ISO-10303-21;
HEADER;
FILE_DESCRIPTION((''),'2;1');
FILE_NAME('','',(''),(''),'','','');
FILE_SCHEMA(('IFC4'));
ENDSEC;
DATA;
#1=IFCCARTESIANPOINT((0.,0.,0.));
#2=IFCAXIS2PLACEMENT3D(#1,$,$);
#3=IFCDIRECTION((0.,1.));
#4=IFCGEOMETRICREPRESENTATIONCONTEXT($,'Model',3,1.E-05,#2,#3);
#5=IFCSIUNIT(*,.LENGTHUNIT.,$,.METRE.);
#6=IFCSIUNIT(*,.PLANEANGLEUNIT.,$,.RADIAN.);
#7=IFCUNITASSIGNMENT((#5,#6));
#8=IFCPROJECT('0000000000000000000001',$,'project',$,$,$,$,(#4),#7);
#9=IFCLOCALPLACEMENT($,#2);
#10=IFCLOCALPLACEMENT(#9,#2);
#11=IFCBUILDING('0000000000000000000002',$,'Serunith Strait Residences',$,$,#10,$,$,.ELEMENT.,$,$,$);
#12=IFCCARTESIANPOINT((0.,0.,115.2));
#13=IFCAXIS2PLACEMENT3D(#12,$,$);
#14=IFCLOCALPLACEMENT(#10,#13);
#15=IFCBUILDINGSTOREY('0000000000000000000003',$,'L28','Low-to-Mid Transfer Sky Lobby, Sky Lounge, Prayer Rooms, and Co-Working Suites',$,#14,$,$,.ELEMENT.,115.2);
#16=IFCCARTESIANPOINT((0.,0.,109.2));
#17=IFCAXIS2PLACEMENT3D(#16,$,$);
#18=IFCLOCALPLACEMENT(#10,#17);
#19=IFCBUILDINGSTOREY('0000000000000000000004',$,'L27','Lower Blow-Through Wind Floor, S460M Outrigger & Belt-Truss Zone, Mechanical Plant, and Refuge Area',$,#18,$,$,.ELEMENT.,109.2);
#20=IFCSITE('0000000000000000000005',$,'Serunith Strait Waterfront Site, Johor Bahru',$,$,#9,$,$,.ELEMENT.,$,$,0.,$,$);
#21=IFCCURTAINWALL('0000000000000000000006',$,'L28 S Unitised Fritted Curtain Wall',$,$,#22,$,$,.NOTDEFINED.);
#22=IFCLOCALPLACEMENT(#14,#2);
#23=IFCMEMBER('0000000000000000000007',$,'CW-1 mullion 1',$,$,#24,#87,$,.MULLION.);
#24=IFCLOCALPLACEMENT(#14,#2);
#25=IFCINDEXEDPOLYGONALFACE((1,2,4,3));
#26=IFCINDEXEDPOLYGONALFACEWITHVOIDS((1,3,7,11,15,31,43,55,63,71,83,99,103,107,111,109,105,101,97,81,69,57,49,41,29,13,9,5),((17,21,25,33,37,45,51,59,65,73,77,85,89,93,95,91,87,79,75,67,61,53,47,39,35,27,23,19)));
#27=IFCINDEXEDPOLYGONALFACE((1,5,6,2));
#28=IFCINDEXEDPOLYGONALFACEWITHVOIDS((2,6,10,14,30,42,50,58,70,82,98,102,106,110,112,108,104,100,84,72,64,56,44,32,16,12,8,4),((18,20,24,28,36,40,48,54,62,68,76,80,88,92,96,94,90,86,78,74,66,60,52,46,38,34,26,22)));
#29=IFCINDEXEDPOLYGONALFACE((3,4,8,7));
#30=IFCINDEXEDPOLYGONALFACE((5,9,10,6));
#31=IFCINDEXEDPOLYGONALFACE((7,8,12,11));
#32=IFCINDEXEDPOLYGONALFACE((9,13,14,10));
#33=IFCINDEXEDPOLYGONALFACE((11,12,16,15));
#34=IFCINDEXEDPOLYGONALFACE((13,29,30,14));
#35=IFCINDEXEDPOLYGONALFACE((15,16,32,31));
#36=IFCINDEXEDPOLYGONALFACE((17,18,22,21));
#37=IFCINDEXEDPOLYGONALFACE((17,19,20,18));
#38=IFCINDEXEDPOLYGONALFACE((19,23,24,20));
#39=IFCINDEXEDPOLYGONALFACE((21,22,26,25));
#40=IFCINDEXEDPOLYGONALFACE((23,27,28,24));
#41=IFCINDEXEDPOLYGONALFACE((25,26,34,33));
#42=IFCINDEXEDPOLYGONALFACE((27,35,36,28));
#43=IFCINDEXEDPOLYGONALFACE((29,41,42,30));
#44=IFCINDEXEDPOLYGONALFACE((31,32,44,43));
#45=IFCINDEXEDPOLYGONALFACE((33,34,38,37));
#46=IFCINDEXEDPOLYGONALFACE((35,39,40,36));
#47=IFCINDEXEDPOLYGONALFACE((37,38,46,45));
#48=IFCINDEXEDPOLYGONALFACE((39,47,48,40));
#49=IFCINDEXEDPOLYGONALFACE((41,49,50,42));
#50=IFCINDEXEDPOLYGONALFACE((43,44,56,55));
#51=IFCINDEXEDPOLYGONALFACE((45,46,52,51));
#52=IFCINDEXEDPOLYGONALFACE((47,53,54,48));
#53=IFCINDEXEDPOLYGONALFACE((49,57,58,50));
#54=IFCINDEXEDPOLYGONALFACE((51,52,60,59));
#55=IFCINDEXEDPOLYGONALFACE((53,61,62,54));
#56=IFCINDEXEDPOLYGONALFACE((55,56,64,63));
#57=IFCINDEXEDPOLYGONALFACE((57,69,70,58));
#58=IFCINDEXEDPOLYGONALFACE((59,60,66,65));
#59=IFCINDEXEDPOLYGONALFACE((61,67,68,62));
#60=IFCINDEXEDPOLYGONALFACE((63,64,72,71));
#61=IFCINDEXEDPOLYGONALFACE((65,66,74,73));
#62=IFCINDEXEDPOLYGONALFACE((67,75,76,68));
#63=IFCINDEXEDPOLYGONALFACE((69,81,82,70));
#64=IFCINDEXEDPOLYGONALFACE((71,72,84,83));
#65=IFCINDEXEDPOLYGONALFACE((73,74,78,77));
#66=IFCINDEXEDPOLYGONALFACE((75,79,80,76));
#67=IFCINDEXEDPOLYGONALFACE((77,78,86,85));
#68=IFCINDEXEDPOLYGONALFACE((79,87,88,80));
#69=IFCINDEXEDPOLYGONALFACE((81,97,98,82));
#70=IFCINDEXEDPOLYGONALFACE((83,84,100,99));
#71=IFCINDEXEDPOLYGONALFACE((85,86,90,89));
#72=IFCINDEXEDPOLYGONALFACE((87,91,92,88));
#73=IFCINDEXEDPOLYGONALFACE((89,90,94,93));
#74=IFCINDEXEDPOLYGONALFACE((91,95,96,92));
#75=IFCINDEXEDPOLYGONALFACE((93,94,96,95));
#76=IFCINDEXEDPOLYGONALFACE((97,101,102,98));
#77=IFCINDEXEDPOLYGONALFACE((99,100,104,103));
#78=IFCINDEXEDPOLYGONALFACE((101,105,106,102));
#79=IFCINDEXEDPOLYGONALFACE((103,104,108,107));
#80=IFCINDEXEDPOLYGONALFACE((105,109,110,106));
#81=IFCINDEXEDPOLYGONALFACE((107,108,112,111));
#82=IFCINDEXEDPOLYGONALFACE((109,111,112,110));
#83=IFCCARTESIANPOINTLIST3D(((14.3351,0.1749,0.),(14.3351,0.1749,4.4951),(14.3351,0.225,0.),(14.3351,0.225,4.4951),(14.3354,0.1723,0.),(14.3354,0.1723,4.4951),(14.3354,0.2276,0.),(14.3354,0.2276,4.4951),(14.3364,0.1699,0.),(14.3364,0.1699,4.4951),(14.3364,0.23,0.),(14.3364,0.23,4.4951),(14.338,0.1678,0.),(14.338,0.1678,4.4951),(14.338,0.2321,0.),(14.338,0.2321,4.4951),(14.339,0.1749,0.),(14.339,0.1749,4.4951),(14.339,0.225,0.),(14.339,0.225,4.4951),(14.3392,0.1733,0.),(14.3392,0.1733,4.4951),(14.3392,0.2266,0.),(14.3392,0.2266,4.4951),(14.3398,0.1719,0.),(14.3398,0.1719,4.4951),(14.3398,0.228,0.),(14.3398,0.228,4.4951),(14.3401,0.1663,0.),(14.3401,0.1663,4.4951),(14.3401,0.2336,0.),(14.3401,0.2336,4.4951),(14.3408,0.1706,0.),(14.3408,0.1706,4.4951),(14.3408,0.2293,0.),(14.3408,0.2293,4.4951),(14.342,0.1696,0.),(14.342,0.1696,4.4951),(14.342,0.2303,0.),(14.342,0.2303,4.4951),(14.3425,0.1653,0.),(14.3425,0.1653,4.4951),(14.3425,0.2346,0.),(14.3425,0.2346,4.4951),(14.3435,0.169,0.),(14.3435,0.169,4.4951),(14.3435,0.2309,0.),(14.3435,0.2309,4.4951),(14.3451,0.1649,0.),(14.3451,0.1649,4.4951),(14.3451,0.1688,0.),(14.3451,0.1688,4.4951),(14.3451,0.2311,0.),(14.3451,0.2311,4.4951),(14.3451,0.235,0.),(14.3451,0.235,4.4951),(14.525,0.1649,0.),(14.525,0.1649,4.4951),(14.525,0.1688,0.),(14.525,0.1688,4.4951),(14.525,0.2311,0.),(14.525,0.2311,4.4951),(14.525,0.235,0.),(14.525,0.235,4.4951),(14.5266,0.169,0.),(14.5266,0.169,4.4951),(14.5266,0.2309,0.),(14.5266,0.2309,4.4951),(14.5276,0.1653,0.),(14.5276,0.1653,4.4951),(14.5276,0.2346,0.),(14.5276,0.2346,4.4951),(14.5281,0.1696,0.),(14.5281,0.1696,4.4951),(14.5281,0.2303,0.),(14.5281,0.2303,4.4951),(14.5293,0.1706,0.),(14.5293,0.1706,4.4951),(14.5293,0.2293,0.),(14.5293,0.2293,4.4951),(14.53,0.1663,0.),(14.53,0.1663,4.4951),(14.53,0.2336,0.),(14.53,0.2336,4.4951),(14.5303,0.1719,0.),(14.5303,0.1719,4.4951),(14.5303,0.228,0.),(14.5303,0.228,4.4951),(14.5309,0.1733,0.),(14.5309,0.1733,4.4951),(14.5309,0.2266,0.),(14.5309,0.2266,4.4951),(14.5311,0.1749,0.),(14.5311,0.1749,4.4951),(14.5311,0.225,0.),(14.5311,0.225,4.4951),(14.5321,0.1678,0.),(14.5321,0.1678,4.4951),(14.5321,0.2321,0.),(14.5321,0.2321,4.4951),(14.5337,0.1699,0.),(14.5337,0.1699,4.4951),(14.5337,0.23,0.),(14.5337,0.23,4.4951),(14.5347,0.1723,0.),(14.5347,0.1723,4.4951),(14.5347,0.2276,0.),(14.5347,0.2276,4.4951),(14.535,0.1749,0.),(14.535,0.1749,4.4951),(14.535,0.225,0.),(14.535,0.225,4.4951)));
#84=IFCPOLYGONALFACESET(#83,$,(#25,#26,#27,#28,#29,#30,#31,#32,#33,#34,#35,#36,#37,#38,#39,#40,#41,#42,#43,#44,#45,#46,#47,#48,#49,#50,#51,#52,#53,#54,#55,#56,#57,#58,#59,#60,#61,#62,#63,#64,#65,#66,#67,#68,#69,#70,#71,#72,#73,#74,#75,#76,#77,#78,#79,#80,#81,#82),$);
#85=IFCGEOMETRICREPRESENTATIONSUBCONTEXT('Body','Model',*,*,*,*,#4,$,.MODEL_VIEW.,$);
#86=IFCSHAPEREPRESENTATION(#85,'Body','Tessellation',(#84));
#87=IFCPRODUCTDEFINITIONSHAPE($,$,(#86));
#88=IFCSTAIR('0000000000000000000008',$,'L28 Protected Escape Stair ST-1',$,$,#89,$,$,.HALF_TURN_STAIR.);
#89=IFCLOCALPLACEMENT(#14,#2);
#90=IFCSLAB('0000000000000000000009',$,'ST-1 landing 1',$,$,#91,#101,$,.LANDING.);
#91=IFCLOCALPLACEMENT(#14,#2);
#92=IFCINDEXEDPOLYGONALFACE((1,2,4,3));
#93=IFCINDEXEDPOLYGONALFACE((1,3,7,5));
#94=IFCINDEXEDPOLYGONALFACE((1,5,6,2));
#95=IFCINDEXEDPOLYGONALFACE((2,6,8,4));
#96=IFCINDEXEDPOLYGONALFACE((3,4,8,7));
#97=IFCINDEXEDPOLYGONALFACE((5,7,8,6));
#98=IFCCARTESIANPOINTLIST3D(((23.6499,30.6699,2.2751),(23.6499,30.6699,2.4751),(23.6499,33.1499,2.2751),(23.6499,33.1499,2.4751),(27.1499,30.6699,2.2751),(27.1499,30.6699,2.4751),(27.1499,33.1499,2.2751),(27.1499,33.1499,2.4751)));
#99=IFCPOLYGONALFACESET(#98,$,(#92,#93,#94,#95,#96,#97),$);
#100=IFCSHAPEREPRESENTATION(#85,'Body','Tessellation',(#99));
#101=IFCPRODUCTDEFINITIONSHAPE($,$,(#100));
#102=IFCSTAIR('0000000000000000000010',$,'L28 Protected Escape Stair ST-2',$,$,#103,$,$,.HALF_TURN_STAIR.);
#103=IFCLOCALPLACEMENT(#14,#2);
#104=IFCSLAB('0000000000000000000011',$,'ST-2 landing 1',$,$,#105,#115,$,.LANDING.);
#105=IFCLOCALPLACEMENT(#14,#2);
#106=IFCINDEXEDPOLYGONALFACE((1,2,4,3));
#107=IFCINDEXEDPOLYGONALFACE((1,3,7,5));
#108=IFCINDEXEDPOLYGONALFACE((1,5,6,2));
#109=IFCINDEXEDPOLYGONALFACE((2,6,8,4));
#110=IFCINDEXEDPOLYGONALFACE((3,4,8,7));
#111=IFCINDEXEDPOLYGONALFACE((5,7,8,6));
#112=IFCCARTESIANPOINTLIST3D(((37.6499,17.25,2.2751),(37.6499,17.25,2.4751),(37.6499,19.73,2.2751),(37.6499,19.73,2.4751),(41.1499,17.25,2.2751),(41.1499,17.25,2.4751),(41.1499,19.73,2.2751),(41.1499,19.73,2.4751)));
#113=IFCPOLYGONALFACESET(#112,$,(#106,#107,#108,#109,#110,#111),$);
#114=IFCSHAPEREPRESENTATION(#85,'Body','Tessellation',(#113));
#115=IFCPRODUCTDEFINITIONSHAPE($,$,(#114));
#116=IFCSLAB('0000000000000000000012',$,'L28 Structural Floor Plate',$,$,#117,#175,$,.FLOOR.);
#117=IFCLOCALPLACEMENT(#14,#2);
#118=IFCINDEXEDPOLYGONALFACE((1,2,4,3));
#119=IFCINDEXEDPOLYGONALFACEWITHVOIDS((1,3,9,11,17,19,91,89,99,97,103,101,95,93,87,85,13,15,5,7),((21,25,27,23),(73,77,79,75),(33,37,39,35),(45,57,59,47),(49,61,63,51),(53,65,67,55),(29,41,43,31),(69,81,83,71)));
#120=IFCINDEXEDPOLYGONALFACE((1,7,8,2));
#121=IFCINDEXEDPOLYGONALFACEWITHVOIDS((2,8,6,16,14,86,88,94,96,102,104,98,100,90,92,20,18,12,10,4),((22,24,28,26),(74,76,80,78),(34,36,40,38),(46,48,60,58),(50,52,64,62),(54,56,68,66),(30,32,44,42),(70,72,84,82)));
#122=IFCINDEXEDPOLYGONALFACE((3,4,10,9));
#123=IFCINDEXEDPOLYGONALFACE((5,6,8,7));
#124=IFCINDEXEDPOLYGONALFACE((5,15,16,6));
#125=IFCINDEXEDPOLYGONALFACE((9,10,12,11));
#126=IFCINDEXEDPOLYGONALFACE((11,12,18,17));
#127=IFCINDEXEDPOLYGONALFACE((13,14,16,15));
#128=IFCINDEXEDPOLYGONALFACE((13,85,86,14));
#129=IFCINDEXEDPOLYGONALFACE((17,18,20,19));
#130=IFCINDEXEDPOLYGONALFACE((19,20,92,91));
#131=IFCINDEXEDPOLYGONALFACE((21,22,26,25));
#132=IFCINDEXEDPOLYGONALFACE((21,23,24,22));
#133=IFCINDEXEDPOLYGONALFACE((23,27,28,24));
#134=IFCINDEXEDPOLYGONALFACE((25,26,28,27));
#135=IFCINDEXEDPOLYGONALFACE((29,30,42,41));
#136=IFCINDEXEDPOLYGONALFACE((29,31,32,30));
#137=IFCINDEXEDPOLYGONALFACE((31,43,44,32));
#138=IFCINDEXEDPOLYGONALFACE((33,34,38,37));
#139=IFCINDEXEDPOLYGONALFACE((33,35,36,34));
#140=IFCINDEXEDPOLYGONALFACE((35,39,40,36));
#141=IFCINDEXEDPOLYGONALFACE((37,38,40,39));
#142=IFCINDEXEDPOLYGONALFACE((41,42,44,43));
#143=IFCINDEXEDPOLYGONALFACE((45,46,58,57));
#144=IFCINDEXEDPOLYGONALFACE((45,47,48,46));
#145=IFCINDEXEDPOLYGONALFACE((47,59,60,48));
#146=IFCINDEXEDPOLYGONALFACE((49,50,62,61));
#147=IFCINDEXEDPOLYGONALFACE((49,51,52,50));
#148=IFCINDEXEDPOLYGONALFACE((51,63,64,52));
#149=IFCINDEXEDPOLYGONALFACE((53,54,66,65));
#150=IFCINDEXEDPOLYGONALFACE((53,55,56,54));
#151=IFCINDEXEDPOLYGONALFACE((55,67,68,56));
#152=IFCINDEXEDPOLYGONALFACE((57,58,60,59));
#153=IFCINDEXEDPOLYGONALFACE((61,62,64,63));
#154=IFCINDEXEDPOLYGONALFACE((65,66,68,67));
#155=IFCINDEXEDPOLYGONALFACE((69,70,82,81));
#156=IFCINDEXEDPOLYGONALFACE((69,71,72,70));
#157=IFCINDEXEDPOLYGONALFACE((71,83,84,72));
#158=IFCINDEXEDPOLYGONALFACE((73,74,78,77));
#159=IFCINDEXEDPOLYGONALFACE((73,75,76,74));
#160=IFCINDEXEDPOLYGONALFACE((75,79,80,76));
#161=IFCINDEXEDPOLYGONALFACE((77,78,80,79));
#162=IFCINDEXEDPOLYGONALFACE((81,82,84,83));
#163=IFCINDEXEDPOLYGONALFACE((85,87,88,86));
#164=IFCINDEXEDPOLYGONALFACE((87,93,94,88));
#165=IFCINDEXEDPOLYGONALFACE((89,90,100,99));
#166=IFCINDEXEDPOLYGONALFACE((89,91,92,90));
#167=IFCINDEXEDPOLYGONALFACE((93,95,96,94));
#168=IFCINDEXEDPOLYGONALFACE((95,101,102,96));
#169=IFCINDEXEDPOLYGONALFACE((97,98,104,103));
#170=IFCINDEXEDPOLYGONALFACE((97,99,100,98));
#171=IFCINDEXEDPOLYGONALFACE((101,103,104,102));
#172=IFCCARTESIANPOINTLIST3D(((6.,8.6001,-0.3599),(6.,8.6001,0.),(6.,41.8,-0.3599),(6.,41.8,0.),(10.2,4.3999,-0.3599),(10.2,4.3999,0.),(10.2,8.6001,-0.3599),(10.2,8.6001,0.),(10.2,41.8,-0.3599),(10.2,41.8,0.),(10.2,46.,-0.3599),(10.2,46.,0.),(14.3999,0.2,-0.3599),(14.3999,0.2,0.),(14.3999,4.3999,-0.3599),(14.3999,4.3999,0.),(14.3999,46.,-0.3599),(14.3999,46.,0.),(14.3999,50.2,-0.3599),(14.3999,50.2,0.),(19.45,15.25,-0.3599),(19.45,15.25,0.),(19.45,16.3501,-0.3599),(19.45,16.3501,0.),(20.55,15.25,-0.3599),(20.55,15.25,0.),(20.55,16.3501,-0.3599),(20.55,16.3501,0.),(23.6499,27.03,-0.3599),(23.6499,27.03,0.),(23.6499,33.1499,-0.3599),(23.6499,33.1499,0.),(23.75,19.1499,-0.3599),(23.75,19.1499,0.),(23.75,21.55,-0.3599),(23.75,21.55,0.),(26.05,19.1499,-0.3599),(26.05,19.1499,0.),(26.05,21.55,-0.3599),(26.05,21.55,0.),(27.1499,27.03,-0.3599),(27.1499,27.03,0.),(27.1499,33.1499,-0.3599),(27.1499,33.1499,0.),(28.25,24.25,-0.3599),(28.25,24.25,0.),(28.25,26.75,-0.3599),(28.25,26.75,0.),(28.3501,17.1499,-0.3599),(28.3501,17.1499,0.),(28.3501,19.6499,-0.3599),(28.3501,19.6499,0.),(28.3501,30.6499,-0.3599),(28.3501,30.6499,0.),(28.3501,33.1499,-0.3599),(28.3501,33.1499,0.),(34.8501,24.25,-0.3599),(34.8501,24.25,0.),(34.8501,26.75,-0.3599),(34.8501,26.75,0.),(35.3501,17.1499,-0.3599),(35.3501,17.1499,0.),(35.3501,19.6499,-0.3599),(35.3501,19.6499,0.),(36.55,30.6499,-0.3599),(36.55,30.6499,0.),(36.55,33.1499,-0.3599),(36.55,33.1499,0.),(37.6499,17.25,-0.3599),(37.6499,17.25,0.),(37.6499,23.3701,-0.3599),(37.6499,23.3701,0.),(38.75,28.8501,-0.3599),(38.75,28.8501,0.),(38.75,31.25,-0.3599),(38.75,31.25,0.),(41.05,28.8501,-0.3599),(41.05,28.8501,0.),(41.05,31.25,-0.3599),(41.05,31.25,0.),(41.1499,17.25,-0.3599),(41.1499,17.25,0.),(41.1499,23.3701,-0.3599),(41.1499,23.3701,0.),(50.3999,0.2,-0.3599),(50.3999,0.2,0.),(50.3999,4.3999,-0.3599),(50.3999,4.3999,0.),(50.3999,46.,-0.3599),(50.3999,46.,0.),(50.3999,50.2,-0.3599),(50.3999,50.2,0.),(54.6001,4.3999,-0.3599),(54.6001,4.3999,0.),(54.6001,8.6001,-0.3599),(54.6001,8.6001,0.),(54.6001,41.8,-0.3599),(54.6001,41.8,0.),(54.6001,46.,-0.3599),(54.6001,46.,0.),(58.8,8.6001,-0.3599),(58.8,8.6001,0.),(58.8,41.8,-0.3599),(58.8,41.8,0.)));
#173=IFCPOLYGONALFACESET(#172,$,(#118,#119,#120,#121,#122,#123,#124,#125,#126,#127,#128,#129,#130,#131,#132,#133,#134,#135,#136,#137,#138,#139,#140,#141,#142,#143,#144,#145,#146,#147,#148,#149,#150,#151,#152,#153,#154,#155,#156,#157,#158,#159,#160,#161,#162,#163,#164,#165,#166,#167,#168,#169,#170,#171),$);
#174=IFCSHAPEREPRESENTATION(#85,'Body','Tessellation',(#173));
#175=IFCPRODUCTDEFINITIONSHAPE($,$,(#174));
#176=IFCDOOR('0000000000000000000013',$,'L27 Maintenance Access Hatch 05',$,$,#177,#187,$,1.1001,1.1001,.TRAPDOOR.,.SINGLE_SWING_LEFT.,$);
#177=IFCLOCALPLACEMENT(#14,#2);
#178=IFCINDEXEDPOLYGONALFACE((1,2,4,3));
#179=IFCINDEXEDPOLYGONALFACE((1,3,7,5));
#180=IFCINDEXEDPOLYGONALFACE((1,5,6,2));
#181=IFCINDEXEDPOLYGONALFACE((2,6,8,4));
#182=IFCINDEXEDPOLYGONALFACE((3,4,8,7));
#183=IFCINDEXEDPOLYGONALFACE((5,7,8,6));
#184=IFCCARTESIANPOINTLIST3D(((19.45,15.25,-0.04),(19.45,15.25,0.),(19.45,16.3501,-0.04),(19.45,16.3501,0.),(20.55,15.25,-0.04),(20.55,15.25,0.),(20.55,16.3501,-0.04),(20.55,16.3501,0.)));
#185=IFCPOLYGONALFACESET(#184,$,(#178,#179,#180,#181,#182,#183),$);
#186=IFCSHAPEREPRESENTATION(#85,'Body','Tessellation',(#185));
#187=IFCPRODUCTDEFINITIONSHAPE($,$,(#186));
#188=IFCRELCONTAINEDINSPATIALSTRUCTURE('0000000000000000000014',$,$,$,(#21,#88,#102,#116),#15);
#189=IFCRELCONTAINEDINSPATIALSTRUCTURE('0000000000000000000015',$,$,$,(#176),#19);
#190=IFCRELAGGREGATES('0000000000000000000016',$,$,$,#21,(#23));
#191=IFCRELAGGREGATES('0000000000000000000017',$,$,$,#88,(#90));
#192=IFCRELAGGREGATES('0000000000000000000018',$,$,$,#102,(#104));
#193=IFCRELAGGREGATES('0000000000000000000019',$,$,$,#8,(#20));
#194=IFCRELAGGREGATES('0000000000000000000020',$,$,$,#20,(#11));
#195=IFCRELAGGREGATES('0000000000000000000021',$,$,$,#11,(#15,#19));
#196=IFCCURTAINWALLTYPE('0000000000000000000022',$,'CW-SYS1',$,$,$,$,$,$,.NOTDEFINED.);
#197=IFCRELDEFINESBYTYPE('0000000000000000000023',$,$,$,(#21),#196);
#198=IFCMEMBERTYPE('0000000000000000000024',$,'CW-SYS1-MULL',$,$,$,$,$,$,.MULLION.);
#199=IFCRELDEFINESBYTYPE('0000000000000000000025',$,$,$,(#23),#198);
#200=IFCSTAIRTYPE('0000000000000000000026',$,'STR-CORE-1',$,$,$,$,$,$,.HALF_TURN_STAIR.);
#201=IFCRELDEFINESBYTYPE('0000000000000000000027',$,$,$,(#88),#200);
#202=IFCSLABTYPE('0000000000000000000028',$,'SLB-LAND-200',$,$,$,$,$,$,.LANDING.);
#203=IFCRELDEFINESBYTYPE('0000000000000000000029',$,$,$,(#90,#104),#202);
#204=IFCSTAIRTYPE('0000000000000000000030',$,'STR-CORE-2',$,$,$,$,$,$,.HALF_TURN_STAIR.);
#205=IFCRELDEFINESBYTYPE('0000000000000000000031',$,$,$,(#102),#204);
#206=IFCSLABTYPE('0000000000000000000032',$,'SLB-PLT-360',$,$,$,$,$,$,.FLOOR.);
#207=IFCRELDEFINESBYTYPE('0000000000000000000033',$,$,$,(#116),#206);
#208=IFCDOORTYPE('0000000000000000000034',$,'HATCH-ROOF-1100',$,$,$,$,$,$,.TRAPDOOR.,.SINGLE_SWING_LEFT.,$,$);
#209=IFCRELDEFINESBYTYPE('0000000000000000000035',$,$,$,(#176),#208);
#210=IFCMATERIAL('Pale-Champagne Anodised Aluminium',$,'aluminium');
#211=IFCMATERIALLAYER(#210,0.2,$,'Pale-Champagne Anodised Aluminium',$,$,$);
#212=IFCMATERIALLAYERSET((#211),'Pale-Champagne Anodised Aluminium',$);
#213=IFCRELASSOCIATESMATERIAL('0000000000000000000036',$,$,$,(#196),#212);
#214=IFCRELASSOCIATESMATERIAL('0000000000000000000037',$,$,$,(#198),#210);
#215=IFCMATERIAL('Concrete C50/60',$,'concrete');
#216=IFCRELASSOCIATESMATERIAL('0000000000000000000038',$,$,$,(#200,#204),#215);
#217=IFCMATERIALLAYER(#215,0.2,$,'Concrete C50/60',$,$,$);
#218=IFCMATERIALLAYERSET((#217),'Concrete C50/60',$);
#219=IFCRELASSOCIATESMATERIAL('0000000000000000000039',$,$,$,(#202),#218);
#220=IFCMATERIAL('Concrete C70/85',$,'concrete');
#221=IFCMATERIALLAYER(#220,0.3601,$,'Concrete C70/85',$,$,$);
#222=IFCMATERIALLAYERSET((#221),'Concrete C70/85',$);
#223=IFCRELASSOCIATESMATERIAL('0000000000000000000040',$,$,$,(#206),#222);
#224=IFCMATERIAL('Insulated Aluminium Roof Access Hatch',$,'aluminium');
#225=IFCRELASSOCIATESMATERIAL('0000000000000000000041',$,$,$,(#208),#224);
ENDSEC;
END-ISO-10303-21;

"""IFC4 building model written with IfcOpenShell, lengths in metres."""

from ifc_helpers import new_model, si_unit, direction, frame, origin, origin_2d, place, context, subcontext, project, spatial, polyline, rectangle, hollow_rectangle, outline, extrude, source, transform, mapped, material, layer, layer_set, material_profile, profile_set, type_object, element, fill, aggregate, save


model = new_model("IFC4")

# Units and contexts
model_context = context("Model", 3, precision=1e-05, world=origin(), true_north=direction((0.0, 1.0)))
body_context = subcontext(model_context, "Body", "Model", "MODEL_VIEW")
ifc_project = project(units=[si_unit("LENGTHUNIT", "METRE"), si_unit("PLANEANGLEUNIT", "RADIAN")], contexts=[model_context])

# Site, building, storey
site_placement = place(None, origin())
site = spatial("IfcSite", under=ifc_project, at=site_placement, Name="Serunith Strait Waterfront Site, Johor Bahru", CompositionType="ELEMENT", RefElevation=0.0)
building_placement = place(site_placement, origin())
building = spatial("IfcBuilding", under=site, at=building_placement, Name="Serunith Strait Residences", CompositionType="ELEMENT")
storey_1_placement = place(building_placement, frame((0.0, 0.0, 115.2)))
storey_1 = spatial("IfcBuildingStorey", under=building, at=storey_1_placement, Name="L28", Description="Low-to-Mid Transfer Sky Lobby, Sky Lounge, Prayer Rooms, and Co-Working Suites", CompositionType="ELEMENT", Elevation=115.2)

# Curtain wall, member
ifc_material_1 = material(Name="Pale-Champagne Anodised Aluminium", Category="aluminium")
ifc_layer_1 = layer(ifc_material_1, 0.2, Name="Pale-Champagne Anodised Aluminium")
ifc_layer_set_1 = layer_set([ifc_layer_1], Name="Pale-Champagne Anodised Aluminium")
curtain_wall_type = type_object("IfcCurtainWallType", Name="CW-SYS1", PredefinedType="NOTDEFINED", material=ifc_layer_set_1)
curtain_wall_placement = place(storey_1_placement, origin())
curtain_wall = element("IfcCurtainWall", 1, at=curtain_wall_placement, inside=storey_1, type_object=curtain_wall_type, Name="L28 S Unitised Fritted Curtain Wall", PredefinedType="NOTDEFINED")
ifc_material_profile_1 = material_profile(ifc_material_1, hollow_rectangle(XDim=0.0701, YDim=0.2, WallThickness=0.0039, InnerFilletRadius=0.0061, OuterFilletRadius=0.01, at=origin_2d()), Name="ALU 200x70x4")
ifc_profile_set_1 = profile_set([ifc_material_profile_1], Name="Pale-Champagne Anodised Aluminium")
member_type_1 = type_object("IfcMemberType", Name="CW-SYS1-MULL", PredefinedType="MULLION", material=ifc_profile_set_1)
shared_shape_1 = source(origin(), body_context, "Body", "SweptSolid", [
    extrude(hollow_rectangle(XDim=0.0701, YDim=0.2, WallThickness=0.0039, InnerFilletRadius=0.0061, OuterFilletRadius=0.01, at=origin_2d()), origin(), (0.0, 0.0, 1.0), 4.4951),
])
member_1_placement = place(storey_1_placement, frame((14.4351, 0.2, 0.0), z_axis=(0.0, 0.0, 1.0), x_axis=(0.0, 1.0, 0.0)))
member_1 = element("IfcMember", 2, at=member_1_placement, type_object=member_type_1, Name="CW-1 mullion 1", PredefinedType="MULLION", context=body_context, shape_type="MappedRepresentation", body=[
    mapped(shared_shape_1, transform((0.0, 0.0, 0.0), scale=1.0)),
])
aggregate(curtain_wall, [member_1])

# Stairs, slabs
ifc_material_2 = material(Name="Concrete C50/60", Category="concrete")
stair_type_1 = type_object("IfcStairType", Name="STR-CORE-1", PredefinedType="HALF_TURN_STAIR", material=ifc_material_2)
stair_1_placement = place(storey_1_placement, origin())
stair_1 = element("IfcStair", 3, at=stair_1_placement, inside=storey_1, type_object=stair_type_1, Name="L28 Protected Escape Stair ST-1", PredefinedType="HALF_TURN_STAIR")
ifc_layer_2 = layer(ifc_material_2, 0.2, Name="Concrete C50/60")
ifc_layer_set_2 = layer_set([ifc_layer_2], Name="Concrete C50/60")
slab_type_1 = type_object("IfcSlabType", Name="SLB-LAND-200", PredefinedType="LANDING", material=ifc_layer_set_2)
slab_1_placement = place(storey_1_placement, frame((0.0, 0.0, 2.2751)))
slab_1 = element("IfcSlab", 4, at=slab_1_placement, type_object=slab_type_1, Name="ST-1 landing 1", PredefinedType="LANDING", context=body_context, shape_type="SweptSolid", body=[
    extrude(outline(polyline([(27.1499, 30.6699), (27.1499, 33.1499), (23.6499, 33.1499), (23.6499, 30.6699), (27.1499, 30.6699)])), origin(), (0.0, 0.0, 1.0), 0.2),
])
aggregate(stair_1, [slab_1])
stair_type_2 = type_object("IfcStairType", Name="STR-CORE-2", PredefinedType="HALF_TURN_STAIR", material=ifc_material_2)
stair_2_placement = place(storey_1_placement, origin())
stair_2 = element("IfcStair", 5, at=stair_2_placement, inside=storey_1, type_object=stair_type_2, Name="L28 Protected Escape Stair ST-2", PredefinedType="HALF_TURN_STAIR")
slab_2_placement = place(storey_1_placement, frame((0.0, 0.0, 2.2751)))
slab_2 = element("IfcSlab", 6, at=slab_2_placement, type_object=slab_type_1, Name="ST-2 landing 1", PredefinedType="LANDING", context=body_context, shape_type="SweptSolid", body=[
    extrude(outline(polyline([(37.6499, 19.73), (37.6499, 17.25), (41.1499, 17.25), (41.1499, 19.73), (37.6499, 19.73)])), origin(), (0.0, 0.0, 1.0), 0.2),
])
aggregate(stair_2, [slab_2])

# Slab, opening
ifc_material_3 = material(Name="Concrete C70/85", Category="concrete")
ifc_layer_3 = layer(ifc_material_3, 0.3601, Name="Concrete C70/85")
ifc_layer_set_3 = layer_set([ifc_layer_3], Name="Concrete C70/85")
slab_type_2 = type_object("IfcSlabType", Name="SLB-PLT-360", PredefinedType="FLOOR", material=ifc_layer_set_3)
slab_3_placement = place(storey_1_placement, frame((0.0, 0.0, -0.3599)))
slab_3 = element("IfcSlab", 7, at=slab_3_placement, inside=storey_1, type_object=slab_type_2, Name="L28 Structural Floor Plate", PredefinedType="FLOOR", context=body_context, shape_type="SweptSolid", body=[
    extrude(outline(polyline([(14.3999, 4.3999), (10.2, 4.3999), (10.2, 8.6001), (6.0, 8.6001), (6.0, 41.8), (10.2, 41.8), (10.2, 46.0), (14.3999, 46.0), (14.3999, 50.2), (50.3999, 50.2), (50.3999, 46.0), (54.6001, 46.0), (54.6001, 41.8), (58.8, 41.8), (58.8, 8.6001), (54.6001, 8.6001), (54.6001, 4.3999), (50.3999, 4.3999), (50.3999, 0.2), (14.3999, 0.2), (14.3999, 4.3999)]), holes=[polyline([(41.1499, 17.25), (41.1499, 23.3701), (37.6499, 23.3701), (37.6499, 17.25), (41.1499, 17.25)]), polyline([(41.05, 31.25), (38.75, 31.25), (38.75, 28.8501), (41.05, 28.8501), (41.05, 31.25)]), polyline([(36.55, 33.1499), (28.3501, 33.1499), (28.3501, 30.6499), (36.55, 30.6499), (36.55, 33.1499)]), polyline([(28.3501, 19.6499), (28.3501, 17.1499), (35.3501, 17.1499), (35.3501, 19.6499), (28.3501, 19.6499)]), polyline([(34.8501, 26.75), (28.25, 26.75), (28.25, 24.25), (34.8501, 24.25), (34.8501, 26.75)]), polyline([(23.6499, 33.1499), (23.6499, 27.03), (27.1499, 27.03), (27.1499, 33.1499), (23.6499, 33.1499)]), polyline([(26.05, 21.55), (23.75, 21.55), (23.75, 19.1499), (26.05, 19.1499), (26.05, 21.55)])]), origin(), (0.0, 0.0, 1.0), 0.3599),
])
opening_1_placement = place(slab_3_placement, frame((20.0, 15.8, 0.0)))
opening_1 = element("IfcOpeningElement", 8, at=opening_1_placement, cuts=slab_3, PredefinedType="OPENING", context=body_context, shape_type="SweptSolid", body=[
    extrude(rectangle(XDim=1.1001, YDim=1.1001, at=origin_2d()), frame((0.0, 0.0, -0.01)), (0.0, 0.0, 1.0), 0.3799),
])

# Shared definitions
storey_2_placement = place(building_placement, frame((0.0, 0.0, 109.2)))
storey_2 = spatial("IfcBuildingStorey", under=building, at=storey_2_placement, Name="L27", Description="Lower Blow-Through Wind Floor, S460M Outrigger & Belt-Truss Zone, Mechanical Plant, and Refuge Area", CompositionType="ELEMENT", Elevation=109.2)

# Door
ifc_material_4 = material(Name="Insulated Aluminium Roof Access Hatch", Category="aluminium")
door_type = type_object("IfcDoorType", Name="HATCH-ROOF-1100", OperationType="SINGLE_SWING_LEFT", PredefinedType="TRAPDOOR", material=ifc_material_4)
door_placement = place(opening_1_placement, frame((0.0, 0.0, 0.3198)))
door = element("IfcDoor", 9, at=door_placement, inside=storey_2, type_object=door_type, Name="L27 Maintenance Access Hatch 05", OperationType="SINGLE_SWING_LEFT", OverallHeight=1.1001, OverallWidth=1.1001, PredefinedType="TRAPDOOR", context=body_context, shape_type="SweptSolid", body=[
    extrude(rectangle(XDim=1.1001, YDim=1.1001, at=origin_2d()), origin(), (0.0, 0.0, 1.0), 0.04),
])
fill(opening_1, door)

save(model, "model.ifc")
